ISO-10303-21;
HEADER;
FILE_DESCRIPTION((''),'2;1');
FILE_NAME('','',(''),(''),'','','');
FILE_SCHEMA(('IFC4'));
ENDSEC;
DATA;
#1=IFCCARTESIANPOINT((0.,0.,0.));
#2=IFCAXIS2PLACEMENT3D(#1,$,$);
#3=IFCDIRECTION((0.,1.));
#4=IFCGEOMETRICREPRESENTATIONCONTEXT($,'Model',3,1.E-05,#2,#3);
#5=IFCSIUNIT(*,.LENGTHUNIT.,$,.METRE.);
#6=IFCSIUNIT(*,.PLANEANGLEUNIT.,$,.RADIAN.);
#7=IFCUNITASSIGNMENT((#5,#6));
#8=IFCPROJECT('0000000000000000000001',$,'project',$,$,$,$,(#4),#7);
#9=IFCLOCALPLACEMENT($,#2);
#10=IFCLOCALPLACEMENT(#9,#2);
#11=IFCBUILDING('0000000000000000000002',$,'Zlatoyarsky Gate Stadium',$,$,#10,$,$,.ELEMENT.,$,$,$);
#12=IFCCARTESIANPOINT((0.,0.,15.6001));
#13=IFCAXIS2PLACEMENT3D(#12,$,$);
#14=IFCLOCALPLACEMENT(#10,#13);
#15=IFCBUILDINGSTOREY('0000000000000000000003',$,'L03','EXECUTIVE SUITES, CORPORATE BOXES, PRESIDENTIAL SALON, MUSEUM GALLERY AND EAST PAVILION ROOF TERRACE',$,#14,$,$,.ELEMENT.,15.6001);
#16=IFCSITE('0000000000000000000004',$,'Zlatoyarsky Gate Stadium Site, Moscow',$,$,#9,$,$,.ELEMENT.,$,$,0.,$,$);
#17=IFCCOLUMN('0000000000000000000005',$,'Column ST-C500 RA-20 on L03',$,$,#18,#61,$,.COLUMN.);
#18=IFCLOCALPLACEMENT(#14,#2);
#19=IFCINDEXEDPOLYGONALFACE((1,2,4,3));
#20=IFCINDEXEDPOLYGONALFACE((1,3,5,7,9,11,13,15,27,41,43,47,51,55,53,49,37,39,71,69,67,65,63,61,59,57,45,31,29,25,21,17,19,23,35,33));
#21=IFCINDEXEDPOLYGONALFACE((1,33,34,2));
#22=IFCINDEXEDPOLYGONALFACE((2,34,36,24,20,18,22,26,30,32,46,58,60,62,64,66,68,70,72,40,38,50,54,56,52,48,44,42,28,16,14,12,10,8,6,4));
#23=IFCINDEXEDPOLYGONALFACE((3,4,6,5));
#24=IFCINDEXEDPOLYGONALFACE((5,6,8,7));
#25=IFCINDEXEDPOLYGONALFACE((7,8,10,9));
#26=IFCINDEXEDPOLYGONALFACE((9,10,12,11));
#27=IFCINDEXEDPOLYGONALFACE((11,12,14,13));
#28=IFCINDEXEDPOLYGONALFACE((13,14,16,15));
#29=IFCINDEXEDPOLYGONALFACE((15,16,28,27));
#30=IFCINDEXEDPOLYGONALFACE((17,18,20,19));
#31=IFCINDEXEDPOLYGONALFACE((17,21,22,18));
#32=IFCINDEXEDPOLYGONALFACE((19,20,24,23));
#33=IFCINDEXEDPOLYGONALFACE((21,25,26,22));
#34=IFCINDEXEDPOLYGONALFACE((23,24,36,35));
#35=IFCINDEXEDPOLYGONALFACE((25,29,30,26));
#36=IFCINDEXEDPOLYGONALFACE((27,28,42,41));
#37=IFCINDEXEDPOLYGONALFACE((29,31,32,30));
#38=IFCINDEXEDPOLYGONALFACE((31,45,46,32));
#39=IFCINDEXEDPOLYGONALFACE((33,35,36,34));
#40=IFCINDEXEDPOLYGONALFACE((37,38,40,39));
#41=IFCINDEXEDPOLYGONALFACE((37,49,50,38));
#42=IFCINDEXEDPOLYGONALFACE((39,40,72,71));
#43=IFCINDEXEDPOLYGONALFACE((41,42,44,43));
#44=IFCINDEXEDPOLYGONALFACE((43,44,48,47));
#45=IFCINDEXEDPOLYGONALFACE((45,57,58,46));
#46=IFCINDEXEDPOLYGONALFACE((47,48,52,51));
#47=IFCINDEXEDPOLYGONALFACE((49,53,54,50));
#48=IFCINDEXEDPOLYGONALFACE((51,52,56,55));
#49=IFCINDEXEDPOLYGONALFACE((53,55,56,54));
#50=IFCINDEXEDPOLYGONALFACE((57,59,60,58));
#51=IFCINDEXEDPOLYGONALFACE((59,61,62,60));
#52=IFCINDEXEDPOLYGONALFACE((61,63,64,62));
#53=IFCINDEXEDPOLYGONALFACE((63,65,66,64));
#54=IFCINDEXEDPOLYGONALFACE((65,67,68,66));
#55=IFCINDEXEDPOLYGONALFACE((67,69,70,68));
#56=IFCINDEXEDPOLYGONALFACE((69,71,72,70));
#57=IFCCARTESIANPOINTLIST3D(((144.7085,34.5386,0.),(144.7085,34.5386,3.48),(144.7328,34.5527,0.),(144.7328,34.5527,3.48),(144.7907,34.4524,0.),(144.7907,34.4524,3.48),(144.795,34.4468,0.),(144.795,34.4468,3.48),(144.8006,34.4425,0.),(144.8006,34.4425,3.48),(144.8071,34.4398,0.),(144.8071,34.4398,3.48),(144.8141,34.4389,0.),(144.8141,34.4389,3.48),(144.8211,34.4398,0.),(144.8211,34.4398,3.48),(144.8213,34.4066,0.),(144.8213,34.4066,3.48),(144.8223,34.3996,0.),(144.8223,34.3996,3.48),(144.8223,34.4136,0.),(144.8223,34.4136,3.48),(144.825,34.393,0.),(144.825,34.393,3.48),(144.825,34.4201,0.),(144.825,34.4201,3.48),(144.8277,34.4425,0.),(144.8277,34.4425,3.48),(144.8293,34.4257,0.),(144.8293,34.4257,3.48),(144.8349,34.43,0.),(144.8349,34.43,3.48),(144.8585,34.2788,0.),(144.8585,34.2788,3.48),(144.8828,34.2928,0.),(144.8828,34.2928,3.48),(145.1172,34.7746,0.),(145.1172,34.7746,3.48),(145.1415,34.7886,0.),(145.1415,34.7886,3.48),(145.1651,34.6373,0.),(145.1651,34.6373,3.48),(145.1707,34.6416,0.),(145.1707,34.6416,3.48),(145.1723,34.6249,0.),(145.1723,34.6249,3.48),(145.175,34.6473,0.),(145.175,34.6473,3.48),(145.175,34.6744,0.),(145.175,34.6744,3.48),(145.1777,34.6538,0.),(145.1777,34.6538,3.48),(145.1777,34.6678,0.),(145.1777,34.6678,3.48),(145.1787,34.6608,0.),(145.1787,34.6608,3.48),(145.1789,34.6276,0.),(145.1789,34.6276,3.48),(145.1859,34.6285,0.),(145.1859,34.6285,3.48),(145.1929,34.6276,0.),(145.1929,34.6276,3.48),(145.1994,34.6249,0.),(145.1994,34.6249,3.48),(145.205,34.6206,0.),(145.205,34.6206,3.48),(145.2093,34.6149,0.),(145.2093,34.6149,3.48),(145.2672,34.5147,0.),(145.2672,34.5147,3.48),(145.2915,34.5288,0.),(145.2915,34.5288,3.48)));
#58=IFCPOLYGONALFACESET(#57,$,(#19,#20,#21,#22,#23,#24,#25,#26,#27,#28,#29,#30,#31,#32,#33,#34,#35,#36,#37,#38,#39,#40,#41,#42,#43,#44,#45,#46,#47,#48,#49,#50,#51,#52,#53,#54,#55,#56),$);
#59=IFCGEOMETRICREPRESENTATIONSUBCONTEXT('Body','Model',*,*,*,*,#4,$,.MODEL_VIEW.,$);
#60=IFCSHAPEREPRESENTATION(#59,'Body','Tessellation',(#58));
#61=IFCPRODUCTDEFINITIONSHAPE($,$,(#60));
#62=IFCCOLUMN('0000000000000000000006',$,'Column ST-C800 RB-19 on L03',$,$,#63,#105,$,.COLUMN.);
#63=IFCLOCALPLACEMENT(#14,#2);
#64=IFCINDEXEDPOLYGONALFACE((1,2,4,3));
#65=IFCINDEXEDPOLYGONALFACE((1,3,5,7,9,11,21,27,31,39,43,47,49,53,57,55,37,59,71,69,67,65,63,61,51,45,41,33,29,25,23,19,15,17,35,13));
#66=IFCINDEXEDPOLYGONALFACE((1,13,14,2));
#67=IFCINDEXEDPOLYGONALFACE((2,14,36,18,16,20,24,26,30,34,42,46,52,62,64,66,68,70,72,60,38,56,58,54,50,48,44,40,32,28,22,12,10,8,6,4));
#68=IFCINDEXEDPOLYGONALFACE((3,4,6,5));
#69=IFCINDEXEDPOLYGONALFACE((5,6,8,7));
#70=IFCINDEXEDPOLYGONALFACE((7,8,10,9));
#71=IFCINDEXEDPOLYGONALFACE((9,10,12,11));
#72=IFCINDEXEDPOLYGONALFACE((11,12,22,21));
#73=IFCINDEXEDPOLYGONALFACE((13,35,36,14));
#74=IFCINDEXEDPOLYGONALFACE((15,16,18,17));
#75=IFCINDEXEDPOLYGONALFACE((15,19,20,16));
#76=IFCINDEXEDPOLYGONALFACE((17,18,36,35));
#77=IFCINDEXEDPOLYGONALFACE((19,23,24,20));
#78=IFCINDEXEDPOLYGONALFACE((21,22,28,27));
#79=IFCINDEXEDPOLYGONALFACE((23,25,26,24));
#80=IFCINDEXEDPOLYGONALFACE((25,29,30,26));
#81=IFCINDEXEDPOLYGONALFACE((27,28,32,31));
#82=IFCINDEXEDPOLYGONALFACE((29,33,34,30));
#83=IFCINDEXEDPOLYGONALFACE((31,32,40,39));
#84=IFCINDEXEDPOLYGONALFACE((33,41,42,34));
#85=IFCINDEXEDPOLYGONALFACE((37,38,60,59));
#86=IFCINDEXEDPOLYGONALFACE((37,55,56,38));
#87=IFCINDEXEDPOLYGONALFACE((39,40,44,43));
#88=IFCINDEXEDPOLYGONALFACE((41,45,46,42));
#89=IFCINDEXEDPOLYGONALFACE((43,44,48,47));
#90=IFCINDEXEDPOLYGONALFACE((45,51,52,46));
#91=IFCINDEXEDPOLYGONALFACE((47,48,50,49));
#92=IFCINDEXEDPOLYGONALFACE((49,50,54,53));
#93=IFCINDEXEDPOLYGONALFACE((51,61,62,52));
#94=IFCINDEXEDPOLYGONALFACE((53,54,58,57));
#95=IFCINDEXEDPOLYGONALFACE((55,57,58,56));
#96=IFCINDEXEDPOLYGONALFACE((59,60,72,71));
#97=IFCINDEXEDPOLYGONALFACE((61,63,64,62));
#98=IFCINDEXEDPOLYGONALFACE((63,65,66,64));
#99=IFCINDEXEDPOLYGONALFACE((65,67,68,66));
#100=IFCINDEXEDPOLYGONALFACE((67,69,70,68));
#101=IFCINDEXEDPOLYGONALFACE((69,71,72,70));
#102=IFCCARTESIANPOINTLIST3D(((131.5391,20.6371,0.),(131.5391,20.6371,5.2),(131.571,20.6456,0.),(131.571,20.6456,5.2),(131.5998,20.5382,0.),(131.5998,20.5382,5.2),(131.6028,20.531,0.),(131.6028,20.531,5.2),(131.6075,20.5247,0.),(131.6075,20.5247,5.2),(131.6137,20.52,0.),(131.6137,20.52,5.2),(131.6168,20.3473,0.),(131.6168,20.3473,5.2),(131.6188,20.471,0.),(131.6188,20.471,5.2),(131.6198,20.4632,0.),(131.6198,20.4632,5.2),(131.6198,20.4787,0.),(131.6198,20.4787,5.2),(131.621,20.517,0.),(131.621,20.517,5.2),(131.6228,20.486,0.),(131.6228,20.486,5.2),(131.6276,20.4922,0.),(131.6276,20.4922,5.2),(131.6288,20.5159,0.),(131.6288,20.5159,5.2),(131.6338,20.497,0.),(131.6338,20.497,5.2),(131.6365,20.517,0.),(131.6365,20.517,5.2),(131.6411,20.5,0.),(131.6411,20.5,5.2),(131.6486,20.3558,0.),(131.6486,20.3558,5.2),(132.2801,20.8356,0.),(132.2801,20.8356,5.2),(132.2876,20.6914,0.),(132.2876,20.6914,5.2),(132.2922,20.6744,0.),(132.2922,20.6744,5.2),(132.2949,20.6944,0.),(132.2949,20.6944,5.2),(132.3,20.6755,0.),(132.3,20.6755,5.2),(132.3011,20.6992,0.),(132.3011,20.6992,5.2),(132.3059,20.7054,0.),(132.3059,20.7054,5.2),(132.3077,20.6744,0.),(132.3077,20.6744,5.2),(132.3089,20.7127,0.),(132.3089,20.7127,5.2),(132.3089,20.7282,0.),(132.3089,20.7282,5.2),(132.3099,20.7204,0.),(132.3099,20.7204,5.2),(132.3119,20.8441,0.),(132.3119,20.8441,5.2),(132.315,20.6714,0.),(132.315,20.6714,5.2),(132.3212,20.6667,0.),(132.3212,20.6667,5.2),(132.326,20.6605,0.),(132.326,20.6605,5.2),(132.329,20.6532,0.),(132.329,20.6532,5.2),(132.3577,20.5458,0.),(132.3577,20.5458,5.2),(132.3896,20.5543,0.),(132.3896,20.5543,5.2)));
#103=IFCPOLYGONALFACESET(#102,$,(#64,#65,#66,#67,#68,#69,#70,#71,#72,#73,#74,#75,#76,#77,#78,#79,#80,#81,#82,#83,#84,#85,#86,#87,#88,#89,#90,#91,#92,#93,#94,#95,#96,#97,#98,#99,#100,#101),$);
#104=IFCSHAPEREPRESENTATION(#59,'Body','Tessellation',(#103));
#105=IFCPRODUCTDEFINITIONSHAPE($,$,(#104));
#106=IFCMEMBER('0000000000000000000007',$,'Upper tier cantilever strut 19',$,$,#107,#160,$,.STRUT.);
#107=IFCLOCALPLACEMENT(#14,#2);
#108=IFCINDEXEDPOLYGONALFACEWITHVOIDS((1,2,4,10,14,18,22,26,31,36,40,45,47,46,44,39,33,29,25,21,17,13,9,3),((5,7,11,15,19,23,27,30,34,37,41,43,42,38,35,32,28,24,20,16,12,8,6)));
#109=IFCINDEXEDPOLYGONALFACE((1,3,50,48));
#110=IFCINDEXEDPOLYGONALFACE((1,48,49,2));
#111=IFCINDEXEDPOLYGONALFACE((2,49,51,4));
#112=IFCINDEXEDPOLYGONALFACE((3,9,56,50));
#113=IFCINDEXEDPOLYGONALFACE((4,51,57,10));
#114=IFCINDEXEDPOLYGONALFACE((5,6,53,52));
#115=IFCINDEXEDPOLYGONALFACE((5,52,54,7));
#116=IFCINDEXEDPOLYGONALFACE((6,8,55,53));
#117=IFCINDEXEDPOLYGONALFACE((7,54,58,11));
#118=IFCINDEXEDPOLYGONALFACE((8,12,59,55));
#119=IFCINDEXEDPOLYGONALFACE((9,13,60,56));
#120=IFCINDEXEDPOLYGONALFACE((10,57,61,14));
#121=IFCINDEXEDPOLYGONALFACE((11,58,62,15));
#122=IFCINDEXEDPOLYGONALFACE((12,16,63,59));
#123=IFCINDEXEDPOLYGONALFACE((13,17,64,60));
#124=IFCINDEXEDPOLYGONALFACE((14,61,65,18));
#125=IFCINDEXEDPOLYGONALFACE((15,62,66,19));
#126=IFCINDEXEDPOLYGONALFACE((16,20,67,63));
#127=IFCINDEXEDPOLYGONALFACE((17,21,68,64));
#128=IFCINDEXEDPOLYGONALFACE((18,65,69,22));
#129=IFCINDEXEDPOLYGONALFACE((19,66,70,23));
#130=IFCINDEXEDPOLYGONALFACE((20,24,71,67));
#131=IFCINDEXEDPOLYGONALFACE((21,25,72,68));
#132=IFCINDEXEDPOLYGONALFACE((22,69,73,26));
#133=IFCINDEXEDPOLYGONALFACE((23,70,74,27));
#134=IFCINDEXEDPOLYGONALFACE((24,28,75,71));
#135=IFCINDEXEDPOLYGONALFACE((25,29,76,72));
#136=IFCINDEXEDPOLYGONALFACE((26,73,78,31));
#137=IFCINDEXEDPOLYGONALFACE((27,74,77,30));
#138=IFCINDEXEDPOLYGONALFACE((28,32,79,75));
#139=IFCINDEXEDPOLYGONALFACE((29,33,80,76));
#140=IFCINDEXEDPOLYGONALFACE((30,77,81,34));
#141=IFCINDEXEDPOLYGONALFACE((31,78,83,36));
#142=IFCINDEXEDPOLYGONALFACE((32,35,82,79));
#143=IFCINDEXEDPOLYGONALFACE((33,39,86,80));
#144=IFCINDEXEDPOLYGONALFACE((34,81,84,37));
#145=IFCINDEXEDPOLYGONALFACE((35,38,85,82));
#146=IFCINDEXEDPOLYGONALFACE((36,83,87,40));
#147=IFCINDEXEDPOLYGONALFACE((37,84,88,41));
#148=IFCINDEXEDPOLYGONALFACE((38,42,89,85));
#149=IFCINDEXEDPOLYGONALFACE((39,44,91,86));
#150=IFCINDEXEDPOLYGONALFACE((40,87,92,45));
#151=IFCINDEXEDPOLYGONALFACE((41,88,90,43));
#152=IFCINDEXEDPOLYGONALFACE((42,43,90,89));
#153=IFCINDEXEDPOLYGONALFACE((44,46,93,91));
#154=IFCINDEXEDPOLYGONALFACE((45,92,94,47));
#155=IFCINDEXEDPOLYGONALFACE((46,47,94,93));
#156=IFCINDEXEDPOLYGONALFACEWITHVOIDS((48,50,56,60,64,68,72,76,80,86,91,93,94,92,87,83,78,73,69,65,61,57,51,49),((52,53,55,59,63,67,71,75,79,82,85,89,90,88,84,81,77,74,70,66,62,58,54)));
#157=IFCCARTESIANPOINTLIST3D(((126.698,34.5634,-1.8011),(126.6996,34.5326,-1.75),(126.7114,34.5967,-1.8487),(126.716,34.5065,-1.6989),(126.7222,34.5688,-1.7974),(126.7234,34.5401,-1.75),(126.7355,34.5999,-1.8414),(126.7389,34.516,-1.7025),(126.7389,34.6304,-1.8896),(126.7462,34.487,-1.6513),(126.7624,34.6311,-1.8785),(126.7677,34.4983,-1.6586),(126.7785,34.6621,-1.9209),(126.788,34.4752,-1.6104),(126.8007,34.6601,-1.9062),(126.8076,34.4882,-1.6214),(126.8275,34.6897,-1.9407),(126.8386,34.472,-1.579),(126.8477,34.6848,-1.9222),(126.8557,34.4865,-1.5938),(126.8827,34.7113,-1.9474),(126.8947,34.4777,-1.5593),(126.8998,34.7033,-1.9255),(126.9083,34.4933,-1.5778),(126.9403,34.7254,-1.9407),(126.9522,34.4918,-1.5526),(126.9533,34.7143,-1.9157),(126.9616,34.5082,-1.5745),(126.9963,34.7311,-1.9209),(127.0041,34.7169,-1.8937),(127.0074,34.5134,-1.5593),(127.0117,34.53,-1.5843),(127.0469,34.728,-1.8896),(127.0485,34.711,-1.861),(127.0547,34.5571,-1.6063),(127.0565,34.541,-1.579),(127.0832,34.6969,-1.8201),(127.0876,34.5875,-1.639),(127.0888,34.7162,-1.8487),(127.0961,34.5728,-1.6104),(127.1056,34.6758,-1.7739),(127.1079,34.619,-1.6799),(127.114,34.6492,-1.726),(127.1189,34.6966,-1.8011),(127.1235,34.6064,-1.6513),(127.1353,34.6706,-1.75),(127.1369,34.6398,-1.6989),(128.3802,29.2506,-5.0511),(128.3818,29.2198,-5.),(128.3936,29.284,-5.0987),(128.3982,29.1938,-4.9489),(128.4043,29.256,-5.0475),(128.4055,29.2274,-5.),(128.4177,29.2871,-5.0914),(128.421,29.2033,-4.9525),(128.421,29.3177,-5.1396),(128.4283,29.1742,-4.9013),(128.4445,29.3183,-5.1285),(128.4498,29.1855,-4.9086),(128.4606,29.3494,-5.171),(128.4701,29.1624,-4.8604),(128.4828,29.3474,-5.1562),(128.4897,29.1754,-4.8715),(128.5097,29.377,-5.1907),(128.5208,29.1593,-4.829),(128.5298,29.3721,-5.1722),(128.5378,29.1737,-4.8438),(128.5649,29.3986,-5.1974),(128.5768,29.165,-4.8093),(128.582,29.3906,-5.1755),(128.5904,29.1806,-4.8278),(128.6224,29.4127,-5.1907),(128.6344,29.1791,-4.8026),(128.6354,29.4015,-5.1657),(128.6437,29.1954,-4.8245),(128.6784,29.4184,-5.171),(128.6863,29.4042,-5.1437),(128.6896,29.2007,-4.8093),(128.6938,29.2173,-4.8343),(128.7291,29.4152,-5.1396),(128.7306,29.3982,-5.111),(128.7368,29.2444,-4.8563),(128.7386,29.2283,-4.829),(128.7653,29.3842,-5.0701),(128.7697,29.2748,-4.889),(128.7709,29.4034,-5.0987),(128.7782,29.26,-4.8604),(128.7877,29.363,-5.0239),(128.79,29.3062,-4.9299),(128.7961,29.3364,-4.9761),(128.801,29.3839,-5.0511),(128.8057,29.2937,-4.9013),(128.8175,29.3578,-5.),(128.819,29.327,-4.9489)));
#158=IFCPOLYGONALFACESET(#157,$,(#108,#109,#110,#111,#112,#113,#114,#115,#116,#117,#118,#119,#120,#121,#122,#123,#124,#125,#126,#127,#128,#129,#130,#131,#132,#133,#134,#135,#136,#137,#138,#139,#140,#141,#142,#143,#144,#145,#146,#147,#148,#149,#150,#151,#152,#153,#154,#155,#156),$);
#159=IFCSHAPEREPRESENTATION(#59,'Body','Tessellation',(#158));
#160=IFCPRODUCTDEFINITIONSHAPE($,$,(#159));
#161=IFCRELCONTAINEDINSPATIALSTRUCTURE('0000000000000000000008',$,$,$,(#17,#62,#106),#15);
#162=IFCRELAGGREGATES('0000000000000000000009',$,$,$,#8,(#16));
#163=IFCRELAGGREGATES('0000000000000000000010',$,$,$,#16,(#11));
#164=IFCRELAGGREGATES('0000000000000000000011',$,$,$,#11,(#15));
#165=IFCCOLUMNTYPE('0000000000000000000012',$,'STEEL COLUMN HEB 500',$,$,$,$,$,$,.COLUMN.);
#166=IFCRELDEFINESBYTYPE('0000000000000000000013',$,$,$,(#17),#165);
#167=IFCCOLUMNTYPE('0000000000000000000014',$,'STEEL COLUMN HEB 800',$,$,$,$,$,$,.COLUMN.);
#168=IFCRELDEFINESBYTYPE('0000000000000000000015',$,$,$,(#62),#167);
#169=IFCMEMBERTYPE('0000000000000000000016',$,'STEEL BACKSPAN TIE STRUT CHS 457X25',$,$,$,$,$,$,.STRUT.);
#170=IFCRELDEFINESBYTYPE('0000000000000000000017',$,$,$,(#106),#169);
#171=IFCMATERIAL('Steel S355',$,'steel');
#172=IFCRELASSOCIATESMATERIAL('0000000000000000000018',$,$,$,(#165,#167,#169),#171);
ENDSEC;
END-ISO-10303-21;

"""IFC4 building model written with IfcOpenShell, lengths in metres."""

from ifc_helpers import new_model, si_unit, direction, frame, origin, origin_2d, place, context, subcontext, project, spatial, hollow_circle, i_section, extrude, material, material_profile, profile_set, type_object, element, save


model = new_model("IFC4")

# Units and contexts
model_context = context("Model", 3, precision=1e-05, world=origin(), true_north=direction((0.0, 1.0)))
body_context = subcontext(model_context, "Body", "Model", "MODEL_VIEW")
ifc_project = project(units=[si_unit("LENGTHUNIT", "METRE"), si_unit("PLANEANGLEUNIT", "RADIAN")], contexts=[model_context])

# Site, building, storey
site_placement = place(None, origin())
site = spatial("IfcSite", under=ifc_project, at=site_placement, Name="Zlatoyarsky Gate Stadium Site, Moscow", CompositionType="ELEMENT", RefElevation=0.0)
building_placement = place(site_placement, origin())
building = spatial("IfcBuilding", under=site, at=building_placement, Name="Zlatoyarsky Gate Stadium", CompositionType="ELEMENT")
storey_placement = place(building_placement, frame((0.0, 0.0, 15.6001)))
storey = spatial("IfcBuildingStorey", under=building, at=storey_placement, Name="L03", Description="EXECUTIVE SUITES, CORPORATE BOXES, PRESIDENTIAL SALON, MUSEUM GALLERY AND EAST PAVILION ROOF TERRACE", CompositionType="ELEMENT", Elevation=15.6001)

# Columns
ifc_material_1 = material(Name="Steel S355", Category="steel")
ifc_material_profile_1 = material_profile(ifc_material_1, i_section(OverallWidth=0.3, OverallDepth=0.5, WebThickness=0.0144, FlangeThickness=0.0281, FilletRadius=0.0271, at=origin_2d()), Name="HEB 500")
ifc_profile_set_1 = profile_set([ifc_material_profile_1], Name="Steel S355")
column_type_1 = type_object("IfcColumnType", Name="STEEL COLUMN HEB 500", PredefinedType="COLUMN", material=ifc_profile_set_1)
column_1_placement = place(storey_placement, frame((145.0, 34.5337, 0.0), z_axis=(0.0, 0.0, 1.0), x_axis=(0.5, -0.866025, 0.0)))
element("IfcColumn", 1, at=column_1_placement, inside=storey, type_object=column_type_1, Name="Column ST-C500 RA-20 on L03", PredefinedType="COLUMN", context=body_context, shape_type="SweptSolid", body=[
    extrude(i_section(OverallWidth=0.3, OverallDepth=0.5, WebThickness=0.0144, FlangeThickness=0.0281, FilletRadius=0.0271, at=origin_2d()), origin(), (0.0, 0.0, 1.0), 3.48),
])
ifc_material_profile_2 = material_profile(ifc_material_1, i_section(OverallWidth=0.3, OverallDepth=0.8, WebThickness=0.0176, FlangeThickness=0.033, FilletRadius=0.03, at=origin_2d()), Name="HEB 800")
ifc_profile_set_2 = profile_set([ifc_material_profile_2], Name="Steel S355")
column_type_2 = type_object("IfcColumnType", Name="STEEL COLUMN HEB 800", PredefinedType="COLUMN", material=ifc_profile_set_2)
column_2_placement = place(storey_placement, frame((131.9644, 20.5957, 0.0), z_axis=(0.0, 0.0, 1.0), x_axis=(0.258819, -0.965926, 0.0)))
element("IfcColumn", 2, at=column_2_placement, inside=storey, type_object=column_type_2, Name="Column ST-C800 RB-19 on L03", PredefinedType="COLUMN", context=body_context, shape_type="SweptSolid", body=[
    extrude(i_section(OverallWidth=0.3, OverallDepth=0.8, WebThickness=0.0176, FlangeThickness=0.033, FilletRadius=0.03, at=origin_2d()), origin(), (0.0, 0.0, 1.0), 5.2),
])

# Member
ifc_material_profile_3 = material_profile(ifc_material_1, hollow_circle(Radius=0.2285, WallThickness=0.0249, at=origin_2d()), Name="CHS 457X25")
ifc_profile_set_3 = profile_set([ifc_material_profile_3], Name="Steel S355")
member_type = type_object("IfcMemberType", Name="STEEL BACKSPAN TIE STRUT CHS 457X25", PredefinedType="STRUT", material=ifc_profile_set_3)
member_1_placement = place(storey_placement, frame((128.5996, 29.2888, -5.0), z_axis=(-0.260749, 0.823535, 0.503786), x_axis=(-0.953355, -0.301853, 0.0)))
element("IfcMember", 3, at=member_1_placement, inside=storey, type_object=member_type, Name="Upper tier cantilever strut 19", PredefinedType="STRUT", context=body_context, shape_type="SweptSolid", body=[
    extrude(hollow_circle(Radius=0.2285, WallThickness=0.0249, at=origin_2d()), origin(), (0.0, 0.0, 1.0), 6.4512),
])

save(model, "model.ifc")
